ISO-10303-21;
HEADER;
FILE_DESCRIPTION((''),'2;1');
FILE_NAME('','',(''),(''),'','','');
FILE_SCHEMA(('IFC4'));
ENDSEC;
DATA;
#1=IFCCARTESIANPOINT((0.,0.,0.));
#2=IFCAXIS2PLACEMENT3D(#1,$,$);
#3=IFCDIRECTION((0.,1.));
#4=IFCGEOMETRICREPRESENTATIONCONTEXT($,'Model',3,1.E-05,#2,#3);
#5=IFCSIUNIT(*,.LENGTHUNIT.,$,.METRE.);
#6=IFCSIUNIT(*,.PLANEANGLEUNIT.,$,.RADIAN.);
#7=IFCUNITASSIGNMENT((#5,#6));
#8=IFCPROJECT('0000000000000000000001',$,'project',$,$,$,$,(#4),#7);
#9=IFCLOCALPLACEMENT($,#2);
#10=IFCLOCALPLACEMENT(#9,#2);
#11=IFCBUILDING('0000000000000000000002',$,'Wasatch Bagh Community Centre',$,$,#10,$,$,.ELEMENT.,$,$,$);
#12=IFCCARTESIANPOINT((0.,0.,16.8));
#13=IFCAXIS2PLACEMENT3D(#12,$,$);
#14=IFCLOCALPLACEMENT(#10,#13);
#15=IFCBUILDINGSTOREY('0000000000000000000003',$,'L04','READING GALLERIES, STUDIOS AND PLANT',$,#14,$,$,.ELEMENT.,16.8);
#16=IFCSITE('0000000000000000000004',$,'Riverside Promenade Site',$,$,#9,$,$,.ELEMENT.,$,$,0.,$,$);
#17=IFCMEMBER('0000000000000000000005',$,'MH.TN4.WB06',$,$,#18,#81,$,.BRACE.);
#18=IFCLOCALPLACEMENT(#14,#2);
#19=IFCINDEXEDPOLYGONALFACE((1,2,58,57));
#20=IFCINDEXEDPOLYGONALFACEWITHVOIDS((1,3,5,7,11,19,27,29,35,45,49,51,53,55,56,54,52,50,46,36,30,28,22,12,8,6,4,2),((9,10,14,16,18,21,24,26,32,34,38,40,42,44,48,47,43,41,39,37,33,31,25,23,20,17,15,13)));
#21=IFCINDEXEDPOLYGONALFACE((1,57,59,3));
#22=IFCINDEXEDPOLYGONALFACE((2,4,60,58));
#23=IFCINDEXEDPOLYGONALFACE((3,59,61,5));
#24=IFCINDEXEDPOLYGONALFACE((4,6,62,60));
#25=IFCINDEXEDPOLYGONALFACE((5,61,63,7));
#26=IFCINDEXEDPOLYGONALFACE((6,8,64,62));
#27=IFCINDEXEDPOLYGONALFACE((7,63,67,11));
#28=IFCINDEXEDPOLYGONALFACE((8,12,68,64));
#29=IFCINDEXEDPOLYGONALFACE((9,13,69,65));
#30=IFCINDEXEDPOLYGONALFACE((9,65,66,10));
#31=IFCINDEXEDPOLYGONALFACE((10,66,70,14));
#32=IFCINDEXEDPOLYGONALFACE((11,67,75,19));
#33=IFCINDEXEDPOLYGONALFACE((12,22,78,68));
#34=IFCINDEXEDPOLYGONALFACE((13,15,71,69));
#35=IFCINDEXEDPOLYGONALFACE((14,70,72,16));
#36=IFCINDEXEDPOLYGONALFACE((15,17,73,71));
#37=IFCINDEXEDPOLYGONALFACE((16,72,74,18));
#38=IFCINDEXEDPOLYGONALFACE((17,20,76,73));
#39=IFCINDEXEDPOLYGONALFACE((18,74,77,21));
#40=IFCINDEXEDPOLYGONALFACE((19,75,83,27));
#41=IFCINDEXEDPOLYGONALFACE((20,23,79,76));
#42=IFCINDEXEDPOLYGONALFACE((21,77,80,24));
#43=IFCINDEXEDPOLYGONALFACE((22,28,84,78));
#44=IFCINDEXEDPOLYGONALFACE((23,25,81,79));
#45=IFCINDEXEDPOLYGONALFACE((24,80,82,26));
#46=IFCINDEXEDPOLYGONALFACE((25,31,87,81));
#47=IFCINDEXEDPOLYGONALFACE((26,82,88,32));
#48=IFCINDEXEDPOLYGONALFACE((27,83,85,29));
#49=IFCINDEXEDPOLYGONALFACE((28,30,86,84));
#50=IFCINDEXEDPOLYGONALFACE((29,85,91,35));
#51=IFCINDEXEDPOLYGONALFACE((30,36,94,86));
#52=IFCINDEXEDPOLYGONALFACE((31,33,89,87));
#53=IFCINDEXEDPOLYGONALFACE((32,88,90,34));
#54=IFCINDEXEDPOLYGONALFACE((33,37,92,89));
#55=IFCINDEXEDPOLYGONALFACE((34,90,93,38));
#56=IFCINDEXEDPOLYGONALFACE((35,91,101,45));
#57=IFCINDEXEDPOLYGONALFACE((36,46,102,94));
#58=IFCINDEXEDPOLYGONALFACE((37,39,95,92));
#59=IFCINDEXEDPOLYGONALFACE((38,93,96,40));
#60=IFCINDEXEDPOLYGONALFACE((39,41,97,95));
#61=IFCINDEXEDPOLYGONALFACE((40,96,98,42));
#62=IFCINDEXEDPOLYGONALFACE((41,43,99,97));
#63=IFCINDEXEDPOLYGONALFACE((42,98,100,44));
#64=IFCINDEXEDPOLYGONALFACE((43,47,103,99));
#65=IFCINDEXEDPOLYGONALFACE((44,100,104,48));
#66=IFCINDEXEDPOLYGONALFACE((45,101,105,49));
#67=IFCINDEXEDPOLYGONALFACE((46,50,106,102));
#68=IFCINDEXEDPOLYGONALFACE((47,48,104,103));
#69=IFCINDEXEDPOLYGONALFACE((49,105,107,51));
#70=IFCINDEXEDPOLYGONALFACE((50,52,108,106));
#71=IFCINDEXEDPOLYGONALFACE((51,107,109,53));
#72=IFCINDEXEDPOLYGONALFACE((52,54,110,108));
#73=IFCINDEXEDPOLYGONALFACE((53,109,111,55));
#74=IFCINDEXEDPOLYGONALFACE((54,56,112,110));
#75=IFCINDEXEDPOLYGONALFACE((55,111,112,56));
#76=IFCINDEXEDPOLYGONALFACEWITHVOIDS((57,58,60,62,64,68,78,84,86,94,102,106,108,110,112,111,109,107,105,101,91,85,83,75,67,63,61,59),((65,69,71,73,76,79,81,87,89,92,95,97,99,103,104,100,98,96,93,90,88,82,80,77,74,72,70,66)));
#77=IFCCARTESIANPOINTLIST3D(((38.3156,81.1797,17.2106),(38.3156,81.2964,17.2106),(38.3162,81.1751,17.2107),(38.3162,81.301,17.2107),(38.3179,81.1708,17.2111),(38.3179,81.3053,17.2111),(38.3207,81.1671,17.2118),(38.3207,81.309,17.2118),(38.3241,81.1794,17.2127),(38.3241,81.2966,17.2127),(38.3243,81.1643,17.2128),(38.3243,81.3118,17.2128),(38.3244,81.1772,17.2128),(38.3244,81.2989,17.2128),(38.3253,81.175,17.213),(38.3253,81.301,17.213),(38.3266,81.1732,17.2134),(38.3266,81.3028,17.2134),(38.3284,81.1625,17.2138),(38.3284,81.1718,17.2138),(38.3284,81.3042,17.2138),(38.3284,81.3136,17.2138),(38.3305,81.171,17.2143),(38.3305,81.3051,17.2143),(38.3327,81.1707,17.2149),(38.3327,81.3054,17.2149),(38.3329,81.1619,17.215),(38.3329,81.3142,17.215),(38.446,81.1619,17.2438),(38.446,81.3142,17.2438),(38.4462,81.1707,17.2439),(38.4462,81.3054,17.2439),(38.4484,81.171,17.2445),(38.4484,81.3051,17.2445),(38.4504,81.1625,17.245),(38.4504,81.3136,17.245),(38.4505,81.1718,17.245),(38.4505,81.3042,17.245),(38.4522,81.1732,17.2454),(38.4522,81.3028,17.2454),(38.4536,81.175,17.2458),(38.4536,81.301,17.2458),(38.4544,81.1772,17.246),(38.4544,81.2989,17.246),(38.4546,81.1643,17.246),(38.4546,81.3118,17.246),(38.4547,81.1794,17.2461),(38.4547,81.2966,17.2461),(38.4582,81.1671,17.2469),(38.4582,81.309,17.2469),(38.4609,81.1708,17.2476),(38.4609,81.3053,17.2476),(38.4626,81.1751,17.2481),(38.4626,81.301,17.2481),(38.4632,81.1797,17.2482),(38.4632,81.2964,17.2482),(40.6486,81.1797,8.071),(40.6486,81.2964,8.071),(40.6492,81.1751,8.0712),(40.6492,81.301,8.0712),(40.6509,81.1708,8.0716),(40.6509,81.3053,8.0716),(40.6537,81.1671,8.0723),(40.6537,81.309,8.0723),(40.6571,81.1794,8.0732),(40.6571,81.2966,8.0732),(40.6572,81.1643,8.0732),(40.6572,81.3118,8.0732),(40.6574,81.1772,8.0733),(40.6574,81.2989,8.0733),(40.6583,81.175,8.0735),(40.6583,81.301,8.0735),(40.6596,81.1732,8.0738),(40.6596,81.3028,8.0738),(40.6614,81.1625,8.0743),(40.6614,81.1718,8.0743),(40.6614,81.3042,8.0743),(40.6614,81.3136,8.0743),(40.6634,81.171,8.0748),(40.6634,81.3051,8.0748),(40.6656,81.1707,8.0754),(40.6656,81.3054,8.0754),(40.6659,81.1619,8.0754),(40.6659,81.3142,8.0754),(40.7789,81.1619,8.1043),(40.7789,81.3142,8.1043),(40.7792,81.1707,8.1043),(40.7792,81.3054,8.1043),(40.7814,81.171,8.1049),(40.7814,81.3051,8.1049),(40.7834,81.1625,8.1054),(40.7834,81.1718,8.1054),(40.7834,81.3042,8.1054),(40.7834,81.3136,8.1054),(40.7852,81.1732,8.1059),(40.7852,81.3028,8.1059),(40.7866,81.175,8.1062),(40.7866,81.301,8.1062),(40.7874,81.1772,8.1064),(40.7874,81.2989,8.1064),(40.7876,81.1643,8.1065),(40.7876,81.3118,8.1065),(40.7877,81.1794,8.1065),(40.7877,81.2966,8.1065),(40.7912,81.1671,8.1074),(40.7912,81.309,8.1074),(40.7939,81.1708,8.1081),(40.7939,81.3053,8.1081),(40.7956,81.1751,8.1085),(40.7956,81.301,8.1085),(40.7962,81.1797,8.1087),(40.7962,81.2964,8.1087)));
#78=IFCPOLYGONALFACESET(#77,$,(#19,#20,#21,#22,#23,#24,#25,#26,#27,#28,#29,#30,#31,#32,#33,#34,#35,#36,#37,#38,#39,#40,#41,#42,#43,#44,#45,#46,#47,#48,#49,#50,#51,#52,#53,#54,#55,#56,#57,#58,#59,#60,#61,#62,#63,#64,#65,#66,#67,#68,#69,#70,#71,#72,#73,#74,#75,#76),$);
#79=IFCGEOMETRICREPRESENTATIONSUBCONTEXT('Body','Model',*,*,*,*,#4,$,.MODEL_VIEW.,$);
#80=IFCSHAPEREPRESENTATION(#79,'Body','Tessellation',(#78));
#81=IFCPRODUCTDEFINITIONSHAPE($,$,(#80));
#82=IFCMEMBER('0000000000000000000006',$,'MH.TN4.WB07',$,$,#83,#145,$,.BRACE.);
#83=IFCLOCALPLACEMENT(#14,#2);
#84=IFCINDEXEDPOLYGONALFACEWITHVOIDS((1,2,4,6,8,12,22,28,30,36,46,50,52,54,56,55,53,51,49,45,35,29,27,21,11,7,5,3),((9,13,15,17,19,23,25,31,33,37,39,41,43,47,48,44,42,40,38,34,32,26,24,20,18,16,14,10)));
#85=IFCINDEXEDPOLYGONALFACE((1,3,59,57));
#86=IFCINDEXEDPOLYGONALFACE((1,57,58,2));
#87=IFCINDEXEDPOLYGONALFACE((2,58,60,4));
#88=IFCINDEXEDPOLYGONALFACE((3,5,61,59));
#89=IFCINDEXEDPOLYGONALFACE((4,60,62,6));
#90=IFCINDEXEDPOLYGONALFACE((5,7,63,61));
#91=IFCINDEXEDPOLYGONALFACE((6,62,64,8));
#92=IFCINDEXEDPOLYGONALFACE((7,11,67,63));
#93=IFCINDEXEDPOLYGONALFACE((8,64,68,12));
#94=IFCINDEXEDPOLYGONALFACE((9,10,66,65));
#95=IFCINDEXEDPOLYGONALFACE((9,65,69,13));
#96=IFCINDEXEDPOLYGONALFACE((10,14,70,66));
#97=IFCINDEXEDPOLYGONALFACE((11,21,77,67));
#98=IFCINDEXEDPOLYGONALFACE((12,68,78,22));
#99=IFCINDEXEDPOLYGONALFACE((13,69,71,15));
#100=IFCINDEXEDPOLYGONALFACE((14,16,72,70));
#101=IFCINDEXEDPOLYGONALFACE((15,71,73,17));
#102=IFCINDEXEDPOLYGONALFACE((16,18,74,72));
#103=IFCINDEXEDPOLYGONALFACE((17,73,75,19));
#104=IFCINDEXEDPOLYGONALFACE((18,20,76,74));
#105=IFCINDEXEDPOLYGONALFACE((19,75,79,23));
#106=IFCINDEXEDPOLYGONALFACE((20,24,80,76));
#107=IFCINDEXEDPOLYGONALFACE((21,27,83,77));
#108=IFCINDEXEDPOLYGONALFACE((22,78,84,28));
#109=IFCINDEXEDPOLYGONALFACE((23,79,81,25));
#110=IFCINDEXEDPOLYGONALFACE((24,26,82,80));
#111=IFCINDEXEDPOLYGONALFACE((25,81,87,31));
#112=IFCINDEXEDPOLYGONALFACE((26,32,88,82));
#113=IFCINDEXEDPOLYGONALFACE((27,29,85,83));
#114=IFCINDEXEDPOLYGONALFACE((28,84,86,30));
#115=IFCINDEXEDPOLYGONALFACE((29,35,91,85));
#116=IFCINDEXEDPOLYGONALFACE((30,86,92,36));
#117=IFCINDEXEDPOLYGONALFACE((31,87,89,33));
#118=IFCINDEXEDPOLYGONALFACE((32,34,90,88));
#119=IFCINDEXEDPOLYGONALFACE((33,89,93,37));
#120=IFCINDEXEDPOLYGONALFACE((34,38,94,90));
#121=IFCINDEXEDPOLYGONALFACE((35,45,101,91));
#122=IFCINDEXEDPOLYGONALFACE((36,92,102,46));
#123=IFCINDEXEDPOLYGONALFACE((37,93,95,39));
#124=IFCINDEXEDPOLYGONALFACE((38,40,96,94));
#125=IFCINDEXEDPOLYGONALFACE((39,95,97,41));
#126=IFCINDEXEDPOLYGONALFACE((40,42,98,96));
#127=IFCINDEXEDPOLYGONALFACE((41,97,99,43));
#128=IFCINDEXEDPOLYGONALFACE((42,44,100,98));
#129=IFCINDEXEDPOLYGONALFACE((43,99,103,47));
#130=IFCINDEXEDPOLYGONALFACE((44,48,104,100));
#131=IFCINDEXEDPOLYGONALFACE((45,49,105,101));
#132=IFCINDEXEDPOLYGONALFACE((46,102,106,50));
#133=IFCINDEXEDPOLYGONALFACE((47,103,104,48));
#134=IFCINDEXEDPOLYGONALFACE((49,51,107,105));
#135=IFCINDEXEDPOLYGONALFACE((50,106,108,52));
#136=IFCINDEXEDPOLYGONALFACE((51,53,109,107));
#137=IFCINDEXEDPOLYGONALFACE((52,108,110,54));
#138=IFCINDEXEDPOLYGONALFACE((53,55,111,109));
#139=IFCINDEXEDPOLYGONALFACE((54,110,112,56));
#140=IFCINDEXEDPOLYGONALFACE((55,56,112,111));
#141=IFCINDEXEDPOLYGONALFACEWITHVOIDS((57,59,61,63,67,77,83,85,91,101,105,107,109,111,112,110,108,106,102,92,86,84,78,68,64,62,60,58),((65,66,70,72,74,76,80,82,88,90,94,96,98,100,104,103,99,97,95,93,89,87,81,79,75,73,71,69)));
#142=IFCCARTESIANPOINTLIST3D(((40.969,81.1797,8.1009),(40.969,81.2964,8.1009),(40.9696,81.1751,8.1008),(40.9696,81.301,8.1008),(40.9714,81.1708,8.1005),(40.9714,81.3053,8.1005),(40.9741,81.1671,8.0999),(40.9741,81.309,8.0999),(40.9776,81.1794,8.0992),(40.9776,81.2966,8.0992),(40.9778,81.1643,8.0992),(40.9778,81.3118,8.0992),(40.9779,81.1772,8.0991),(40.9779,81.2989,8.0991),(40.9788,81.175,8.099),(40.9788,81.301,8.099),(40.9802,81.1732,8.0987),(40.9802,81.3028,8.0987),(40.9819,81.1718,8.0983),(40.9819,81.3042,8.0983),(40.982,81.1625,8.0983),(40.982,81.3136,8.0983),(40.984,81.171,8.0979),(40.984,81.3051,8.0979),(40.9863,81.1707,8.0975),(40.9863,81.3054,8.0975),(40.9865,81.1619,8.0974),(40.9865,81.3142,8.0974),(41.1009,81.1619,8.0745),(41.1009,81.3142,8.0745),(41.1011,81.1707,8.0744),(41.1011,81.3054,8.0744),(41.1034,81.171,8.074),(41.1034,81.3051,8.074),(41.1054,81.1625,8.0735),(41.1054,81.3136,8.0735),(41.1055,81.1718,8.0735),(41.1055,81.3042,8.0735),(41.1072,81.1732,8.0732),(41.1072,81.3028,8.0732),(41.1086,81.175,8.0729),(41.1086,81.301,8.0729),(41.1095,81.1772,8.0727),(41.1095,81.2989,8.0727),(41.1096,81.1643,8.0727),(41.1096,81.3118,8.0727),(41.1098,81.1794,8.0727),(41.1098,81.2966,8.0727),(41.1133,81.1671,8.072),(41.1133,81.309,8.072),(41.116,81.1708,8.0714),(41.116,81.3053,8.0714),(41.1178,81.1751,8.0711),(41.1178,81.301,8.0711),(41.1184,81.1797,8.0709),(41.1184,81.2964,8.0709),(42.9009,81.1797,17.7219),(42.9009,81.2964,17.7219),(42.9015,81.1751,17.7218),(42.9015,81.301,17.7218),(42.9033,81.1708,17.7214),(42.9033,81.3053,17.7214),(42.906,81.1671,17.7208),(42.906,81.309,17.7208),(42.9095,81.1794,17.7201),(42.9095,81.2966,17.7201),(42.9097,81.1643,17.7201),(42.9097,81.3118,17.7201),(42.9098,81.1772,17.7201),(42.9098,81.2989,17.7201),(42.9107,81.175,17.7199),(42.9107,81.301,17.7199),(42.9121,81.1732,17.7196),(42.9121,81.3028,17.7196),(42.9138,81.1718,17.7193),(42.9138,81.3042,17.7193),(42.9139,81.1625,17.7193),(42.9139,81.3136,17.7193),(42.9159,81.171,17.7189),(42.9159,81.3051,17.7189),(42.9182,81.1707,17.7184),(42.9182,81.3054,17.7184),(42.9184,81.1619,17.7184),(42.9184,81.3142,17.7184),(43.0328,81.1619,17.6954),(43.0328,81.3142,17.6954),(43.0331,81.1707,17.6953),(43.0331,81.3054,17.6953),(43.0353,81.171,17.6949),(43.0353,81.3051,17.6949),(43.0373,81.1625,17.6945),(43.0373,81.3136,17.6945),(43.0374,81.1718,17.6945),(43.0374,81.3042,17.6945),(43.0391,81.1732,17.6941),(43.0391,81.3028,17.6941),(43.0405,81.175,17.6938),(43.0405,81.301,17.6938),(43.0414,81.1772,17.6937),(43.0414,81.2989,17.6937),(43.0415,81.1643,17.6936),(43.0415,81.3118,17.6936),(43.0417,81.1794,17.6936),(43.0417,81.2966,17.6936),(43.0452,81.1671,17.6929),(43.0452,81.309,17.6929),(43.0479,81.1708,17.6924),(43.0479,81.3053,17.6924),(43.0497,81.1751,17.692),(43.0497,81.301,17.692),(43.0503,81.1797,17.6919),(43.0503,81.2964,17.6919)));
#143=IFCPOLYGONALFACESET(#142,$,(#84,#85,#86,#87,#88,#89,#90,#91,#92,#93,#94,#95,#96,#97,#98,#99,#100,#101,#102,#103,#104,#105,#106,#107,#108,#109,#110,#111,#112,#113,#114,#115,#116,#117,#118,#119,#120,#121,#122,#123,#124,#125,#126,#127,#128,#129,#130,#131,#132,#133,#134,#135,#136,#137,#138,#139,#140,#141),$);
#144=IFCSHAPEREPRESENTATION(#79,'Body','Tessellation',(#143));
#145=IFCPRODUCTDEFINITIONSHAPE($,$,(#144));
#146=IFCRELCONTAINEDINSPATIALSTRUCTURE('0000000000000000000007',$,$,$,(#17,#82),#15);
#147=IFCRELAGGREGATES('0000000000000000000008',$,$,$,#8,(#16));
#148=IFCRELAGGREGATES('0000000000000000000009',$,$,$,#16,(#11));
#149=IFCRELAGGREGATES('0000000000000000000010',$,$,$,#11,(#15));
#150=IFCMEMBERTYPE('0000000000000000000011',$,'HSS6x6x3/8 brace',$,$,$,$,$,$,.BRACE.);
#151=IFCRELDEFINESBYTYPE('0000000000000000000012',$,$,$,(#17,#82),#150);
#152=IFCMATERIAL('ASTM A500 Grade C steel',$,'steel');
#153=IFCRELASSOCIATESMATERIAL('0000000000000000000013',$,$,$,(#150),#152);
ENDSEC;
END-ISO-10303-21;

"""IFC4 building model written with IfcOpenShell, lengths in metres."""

from ifc_helpers import new_model, si_unit, direction, frame, origin, origin_2d, place, context, subcontext, project, spatial, hollow_rectangle, extrude, material, material_profile, profile_set, type_object, element, save


model = new_model("IFC4")

# Units and contexts
model_context = context("Model", 3, precision=1e-05, world=origin(), true_north=direction((0.0, 1.0)))
body_context = subcontext(model_context, "Body", "Model", "MODEL_VIEW")
ifc_project = project(units=[si_unit("LENGTHUNIT", "METRE"), si_unit("PLANEANGLEUNIT", "RADIAN")], contexts=[model_context])

# Site, building, storey
site_placement = place(None, origin())
site = spatial("IfcSite", under=ifc_project, at=site_placement, Name="Riverside Promenade Site", CompositionType="ELEMENT", RefElevation=0.0)
building_placement = place(site_placement, origin())
building = spatial("IfcBuilding", under=site, at=building_placement, Name="Wasatch Bagh Community Centre", CompositionType="ELEMENT")
storey_placement = place(building_placement, frame((0.0, 0.0, 16.8)))
storey = spatial("IfcBuildingStorey", under=building, at=storey_placement, Name="L04", Description="READING GALLERIES, STUDIOS AND PLANT", CompositionType="ELEMENT", Elevation=16.8)

# Members
ifc_material_1 = material(Name="ASTM A500 Grade C steel", Category="steel")
ifc_material_profile_1 = material_profile(ifc_material_1, hollow_rectangle(XDim=0.1523, YDim=0.1523, WallThickness=0.0088, InnerFilletRadius=0.0088, OuterFilletRadius=0.0178, at=origin_2d()), Name="HSS6x6x3/8")
ifc_profile_set_1 = profile_set([ifc_material_profile_1], Name="ASTM A500 Grade C steel")
member_type_1 = type_object("IfcMemberType", Name="HSS6x6x3/8 brace", PredefinedType="BRACE", material=ifc_profile_set_1)
member_1_placement = place(storey_placement, frame((40.7224, 81.238, 8.0898), z_axis=(-0.247332, 0.0, 0.968931), x_axis=(0.0, -1.0, 0.0)))
element("IfcMember", 1, at=member_1_placement, inside=storey, type_object=member_type_1, Name="MH.TN4.WB06", PredefinedType="BRACE", context=body_context, shape_type="SweptSolid", body=[
    extrude(hollow_rectangle(XDim=0.1523, YDim=0.1523, WallThickness=0.0088, InnerFilletRadius=0.0088, OuterFilletRadius=0.0178, at=origin_2d()), origin(), (0.0, 0.0, 1.0), 9.4326),
])
member_2_placement = place(storey_placement, frame((41.0437, 81.238, 8.0859), z_axis=(0.196872, 0.0, 0.980429), x_axis=(0.0, 1.0, 0.0)))
element("IfcMember", 2, at=member_2_placement, inside=storey, type_object=member_type_1, Name="MH.TN4.WB07", PredefinedType="BRACE", context=body_context, shape_type="SweptSolid", body=[
    extrude(hollow_rectangle(XDim=0.1523, YDim=0.1523, WallThickness=0.0088, InnerFilletRadius=0.0088, OuterFilletRadius=0.0178, at=origin_2d()), origin(), (0.0, 0.0, 1.0), 9.813),
])

save(model, "model.ifc")
